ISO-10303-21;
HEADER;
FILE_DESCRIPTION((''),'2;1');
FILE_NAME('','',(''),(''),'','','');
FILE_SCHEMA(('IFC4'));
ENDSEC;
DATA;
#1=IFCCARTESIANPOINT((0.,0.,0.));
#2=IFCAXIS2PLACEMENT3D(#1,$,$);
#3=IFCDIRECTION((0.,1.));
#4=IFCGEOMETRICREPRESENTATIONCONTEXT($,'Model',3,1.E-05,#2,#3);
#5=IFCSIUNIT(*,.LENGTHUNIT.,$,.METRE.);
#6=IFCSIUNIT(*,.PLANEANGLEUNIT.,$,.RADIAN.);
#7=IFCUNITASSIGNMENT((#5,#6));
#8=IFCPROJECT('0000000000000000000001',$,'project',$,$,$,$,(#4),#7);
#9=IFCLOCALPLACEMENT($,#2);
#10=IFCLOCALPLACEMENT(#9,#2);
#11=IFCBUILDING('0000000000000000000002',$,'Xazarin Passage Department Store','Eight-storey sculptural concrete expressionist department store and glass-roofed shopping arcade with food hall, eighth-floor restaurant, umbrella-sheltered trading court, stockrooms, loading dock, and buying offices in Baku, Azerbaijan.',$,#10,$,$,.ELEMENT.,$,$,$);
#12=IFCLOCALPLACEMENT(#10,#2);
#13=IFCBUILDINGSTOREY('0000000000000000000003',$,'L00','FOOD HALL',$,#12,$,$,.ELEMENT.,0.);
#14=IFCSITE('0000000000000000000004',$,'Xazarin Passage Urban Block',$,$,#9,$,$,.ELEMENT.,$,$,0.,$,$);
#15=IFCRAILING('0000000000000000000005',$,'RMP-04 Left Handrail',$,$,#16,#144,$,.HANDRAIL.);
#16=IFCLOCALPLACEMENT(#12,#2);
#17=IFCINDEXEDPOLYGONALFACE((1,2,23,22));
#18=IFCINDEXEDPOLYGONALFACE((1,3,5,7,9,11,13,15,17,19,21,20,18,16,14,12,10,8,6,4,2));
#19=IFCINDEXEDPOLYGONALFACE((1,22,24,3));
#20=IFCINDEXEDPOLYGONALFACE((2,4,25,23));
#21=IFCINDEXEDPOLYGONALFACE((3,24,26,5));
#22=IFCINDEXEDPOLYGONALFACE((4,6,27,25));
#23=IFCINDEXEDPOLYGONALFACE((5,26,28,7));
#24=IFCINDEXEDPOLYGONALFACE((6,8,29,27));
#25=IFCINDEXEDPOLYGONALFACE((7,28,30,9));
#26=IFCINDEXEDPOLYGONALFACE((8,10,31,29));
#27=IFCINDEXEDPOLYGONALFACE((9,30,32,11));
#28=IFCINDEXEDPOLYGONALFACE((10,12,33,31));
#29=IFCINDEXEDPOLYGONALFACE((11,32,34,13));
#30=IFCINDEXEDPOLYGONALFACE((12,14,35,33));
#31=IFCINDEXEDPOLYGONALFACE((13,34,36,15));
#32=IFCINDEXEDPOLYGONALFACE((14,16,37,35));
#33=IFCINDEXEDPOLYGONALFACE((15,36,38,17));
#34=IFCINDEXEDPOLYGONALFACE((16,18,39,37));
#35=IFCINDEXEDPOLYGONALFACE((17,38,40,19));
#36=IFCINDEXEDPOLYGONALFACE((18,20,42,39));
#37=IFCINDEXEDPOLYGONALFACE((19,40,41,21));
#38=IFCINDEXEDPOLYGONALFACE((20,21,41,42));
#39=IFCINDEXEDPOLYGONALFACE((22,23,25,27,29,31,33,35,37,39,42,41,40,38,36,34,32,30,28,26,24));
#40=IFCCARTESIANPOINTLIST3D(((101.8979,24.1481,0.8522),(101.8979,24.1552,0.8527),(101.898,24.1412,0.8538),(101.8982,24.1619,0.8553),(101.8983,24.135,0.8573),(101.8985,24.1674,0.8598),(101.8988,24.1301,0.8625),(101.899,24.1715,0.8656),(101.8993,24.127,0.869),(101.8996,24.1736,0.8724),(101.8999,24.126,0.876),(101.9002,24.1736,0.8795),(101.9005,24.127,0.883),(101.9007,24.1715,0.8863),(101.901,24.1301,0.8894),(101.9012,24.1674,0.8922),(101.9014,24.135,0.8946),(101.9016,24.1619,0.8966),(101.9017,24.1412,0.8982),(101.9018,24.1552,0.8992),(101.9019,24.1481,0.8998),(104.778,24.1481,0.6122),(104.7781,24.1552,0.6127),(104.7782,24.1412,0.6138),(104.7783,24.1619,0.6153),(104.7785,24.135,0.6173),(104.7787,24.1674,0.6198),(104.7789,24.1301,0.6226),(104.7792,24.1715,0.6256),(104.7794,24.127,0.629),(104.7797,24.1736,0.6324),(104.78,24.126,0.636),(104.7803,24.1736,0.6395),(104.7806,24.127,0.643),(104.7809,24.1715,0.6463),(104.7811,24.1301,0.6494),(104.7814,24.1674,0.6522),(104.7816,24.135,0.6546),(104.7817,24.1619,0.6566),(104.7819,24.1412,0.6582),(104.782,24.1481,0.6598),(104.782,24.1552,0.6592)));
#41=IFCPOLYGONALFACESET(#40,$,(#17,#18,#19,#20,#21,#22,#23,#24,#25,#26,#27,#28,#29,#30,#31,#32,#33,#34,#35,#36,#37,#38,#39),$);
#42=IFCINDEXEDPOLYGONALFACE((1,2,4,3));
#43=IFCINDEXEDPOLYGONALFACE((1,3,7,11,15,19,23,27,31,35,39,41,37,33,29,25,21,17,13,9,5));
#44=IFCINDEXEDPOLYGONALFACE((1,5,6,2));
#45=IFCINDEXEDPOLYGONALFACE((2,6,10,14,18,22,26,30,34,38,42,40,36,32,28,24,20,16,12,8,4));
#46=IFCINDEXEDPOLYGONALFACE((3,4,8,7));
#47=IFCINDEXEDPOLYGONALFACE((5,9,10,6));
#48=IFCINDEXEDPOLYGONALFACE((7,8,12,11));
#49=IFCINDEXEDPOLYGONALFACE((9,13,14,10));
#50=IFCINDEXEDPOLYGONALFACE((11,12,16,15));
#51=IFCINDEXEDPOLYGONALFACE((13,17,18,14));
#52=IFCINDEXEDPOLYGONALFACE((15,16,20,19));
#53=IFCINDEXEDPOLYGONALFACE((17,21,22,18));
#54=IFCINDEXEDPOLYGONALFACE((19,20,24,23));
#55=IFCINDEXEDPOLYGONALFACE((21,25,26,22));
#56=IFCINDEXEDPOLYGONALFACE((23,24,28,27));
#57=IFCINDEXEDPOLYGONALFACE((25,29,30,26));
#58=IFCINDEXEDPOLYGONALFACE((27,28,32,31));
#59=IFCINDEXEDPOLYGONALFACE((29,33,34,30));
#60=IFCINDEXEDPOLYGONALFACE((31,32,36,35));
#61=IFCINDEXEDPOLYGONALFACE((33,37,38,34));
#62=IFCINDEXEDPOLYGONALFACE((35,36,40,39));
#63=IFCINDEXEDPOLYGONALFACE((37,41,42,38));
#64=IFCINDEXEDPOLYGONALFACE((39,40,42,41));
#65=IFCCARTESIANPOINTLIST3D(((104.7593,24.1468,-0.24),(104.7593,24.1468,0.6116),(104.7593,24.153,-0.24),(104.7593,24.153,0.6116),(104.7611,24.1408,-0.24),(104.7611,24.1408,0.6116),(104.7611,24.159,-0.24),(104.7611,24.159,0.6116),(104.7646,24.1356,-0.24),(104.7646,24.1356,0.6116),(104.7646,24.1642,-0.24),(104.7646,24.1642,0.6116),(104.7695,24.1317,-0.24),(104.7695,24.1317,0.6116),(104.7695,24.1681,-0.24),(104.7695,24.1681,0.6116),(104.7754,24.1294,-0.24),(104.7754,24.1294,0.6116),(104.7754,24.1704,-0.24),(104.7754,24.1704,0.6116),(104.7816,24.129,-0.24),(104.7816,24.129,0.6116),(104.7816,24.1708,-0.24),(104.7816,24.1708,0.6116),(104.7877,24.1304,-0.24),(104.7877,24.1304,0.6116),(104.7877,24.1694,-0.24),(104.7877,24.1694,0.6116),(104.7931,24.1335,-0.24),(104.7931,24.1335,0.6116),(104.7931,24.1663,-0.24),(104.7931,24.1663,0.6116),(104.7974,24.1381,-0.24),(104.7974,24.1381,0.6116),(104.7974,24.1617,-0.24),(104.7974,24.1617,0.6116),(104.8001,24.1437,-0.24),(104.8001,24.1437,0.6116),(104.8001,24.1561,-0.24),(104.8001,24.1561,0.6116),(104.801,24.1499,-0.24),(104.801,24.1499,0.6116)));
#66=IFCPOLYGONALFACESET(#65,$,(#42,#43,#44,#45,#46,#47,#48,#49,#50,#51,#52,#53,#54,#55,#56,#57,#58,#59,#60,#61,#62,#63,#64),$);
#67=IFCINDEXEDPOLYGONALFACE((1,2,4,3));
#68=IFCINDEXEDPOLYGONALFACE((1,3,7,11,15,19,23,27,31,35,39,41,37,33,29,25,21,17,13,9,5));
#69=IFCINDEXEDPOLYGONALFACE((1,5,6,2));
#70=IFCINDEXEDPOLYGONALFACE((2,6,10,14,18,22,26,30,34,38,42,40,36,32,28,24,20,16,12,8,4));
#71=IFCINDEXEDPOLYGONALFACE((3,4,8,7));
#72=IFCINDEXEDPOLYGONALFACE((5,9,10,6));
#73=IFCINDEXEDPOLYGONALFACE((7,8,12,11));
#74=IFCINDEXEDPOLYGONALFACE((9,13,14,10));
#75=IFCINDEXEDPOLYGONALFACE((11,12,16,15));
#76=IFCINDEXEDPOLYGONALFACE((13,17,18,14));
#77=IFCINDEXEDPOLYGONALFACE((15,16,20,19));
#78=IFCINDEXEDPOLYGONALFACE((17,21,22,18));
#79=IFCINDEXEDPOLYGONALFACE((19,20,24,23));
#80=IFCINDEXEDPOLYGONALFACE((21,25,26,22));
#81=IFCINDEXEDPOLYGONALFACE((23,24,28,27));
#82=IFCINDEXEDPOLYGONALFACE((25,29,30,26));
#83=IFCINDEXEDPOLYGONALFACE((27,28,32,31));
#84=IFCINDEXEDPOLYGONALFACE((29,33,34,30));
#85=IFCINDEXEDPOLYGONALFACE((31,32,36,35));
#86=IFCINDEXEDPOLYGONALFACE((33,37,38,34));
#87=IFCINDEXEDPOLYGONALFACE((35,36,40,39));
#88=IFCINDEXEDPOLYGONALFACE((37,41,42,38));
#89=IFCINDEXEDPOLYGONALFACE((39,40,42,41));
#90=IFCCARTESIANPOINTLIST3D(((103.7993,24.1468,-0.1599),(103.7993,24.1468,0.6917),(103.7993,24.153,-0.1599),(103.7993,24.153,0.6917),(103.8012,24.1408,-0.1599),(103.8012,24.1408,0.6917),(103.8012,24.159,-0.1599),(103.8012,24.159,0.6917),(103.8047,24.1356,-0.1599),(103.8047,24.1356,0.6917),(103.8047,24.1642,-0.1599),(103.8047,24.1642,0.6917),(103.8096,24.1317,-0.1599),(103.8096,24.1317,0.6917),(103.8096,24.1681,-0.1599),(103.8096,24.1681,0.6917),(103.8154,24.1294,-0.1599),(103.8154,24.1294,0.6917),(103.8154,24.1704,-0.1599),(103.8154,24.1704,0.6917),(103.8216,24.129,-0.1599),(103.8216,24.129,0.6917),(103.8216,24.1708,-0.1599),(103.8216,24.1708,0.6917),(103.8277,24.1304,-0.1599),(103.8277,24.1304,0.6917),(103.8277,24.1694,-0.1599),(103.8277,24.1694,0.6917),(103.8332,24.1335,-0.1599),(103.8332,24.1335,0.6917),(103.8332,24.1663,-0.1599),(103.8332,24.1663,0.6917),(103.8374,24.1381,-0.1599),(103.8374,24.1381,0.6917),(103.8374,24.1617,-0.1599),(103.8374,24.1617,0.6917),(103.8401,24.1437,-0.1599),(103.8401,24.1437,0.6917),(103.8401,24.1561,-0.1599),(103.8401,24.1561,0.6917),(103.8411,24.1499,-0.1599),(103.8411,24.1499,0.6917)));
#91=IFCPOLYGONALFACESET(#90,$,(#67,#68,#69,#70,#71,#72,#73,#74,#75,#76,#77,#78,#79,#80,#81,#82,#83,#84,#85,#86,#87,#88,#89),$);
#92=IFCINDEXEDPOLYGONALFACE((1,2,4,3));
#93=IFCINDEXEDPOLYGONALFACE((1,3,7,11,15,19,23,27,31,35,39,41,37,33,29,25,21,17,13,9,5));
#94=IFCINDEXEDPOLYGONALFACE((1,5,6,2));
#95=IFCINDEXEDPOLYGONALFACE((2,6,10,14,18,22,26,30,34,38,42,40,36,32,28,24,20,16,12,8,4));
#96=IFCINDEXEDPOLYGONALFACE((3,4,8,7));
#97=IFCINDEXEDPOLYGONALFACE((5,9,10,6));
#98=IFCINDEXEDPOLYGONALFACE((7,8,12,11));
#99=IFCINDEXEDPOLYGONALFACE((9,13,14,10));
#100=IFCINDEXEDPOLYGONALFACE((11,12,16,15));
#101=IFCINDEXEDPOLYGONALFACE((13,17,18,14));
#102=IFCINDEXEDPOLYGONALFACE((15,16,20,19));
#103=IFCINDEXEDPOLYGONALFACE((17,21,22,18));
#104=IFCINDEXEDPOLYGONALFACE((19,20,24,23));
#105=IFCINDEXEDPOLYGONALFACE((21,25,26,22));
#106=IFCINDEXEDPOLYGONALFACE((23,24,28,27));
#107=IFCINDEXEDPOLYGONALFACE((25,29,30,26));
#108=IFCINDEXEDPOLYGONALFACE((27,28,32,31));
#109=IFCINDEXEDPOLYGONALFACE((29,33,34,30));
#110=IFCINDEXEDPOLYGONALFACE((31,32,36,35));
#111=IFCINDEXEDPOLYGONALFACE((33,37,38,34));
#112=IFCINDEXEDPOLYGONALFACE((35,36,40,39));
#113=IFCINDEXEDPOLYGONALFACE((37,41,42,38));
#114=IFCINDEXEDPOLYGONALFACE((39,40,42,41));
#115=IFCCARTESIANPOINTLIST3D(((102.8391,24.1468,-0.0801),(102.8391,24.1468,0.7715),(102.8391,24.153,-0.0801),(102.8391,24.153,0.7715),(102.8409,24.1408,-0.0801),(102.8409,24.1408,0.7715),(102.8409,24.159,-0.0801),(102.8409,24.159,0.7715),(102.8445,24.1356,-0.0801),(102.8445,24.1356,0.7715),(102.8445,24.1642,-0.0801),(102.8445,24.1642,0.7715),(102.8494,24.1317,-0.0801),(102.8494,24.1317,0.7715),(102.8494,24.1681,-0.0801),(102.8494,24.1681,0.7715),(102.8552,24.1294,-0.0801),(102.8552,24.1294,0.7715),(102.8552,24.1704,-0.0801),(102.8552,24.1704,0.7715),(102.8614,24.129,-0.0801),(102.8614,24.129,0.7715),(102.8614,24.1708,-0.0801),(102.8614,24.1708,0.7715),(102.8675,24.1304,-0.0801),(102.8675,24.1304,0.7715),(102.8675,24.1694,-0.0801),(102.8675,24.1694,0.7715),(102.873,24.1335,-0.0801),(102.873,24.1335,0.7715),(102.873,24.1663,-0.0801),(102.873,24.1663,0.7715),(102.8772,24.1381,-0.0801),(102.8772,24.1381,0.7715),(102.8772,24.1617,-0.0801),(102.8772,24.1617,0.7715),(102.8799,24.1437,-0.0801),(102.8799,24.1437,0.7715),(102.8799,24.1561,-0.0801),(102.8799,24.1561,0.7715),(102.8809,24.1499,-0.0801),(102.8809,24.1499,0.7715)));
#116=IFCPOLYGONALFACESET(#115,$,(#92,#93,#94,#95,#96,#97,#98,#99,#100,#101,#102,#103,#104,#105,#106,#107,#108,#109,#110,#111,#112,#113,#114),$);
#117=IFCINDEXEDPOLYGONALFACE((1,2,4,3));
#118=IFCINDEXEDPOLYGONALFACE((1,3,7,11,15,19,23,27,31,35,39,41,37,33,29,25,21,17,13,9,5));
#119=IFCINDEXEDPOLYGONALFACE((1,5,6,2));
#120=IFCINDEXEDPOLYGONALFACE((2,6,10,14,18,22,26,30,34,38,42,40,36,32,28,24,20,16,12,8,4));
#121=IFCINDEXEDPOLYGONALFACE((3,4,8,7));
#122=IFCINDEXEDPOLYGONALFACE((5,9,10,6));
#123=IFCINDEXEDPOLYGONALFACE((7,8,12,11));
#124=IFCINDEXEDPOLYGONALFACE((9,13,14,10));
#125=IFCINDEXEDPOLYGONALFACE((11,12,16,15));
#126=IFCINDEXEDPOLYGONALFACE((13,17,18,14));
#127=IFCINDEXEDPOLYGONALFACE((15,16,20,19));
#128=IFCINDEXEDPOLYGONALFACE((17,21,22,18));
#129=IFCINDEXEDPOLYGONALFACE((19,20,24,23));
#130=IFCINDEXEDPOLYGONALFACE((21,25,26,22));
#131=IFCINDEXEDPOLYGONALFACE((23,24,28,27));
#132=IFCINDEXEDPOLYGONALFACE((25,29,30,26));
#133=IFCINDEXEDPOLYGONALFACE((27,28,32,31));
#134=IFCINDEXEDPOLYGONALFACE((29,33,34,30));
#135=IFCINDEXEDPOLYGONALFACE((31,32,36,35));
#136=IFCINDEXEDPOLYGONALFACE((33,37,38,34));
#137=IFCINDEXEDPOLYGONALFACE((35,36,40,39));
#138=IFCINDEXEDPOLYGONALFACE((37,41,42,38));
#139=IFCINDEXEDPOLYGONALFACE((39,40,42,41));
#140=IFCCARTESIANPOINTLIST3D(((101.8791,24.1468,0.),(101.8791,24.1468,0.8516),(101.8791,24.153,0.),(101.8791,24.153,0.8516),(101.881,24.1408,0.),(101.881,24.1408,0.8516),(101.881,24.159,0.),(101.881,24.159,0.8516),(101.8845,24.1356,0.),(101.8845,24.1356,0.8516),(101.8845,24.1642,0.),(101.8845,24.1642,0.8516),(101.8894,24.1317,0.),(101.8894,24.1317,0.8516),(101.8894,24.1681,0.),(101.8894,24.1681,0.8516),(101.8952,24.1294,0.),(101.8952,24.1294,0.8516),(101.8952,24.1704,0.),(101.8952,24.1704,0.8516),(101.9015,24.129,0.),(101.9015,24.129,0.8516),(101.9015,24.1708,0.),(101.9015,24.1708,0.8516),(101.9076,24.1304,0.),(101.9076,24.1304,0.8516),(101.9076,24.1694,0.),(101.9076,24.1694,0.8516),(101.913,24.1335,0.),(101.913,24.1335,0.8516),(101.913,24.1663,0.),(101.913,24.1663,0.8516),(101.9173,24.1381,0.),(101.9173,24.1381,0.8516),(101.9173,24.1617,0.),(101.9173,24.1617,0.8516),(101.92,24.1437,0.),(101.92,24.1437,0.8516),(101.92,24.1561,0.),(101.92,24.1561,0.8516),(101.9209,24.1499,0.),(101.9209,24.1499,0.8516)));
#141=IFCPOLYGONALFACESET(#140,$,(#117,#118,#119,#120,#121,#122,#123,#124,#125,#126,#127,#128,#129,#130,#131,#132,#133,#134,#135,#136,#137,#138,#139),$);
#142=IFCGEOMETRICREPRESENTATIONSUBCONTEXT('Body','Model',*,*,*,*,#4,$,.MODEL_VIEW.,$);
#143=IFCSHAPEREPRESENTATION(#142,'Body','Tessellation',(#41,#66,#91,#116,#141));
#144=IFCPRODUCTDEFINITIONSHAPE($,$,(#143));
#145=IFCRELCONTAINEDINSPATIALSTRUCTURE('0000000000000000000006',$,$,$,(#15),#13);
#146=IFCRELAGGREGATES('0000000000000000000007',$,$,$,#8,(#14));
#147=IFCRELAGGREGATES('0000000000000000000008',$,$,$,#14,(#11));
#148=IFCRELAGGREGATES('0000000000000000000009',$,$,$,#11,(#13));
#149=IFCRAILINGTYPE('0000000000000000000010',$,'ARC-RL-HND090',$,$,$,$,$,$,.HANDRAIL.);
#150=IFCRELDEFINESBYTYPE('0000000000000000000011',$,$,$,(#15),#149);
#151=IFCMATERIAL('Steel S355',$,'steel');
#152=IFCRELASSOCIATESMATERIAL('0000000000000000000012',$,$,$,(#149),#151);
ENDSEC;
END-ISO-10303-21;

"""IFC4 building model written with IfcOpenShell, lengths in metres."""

from ifc_helpers import new_model, si_unit, direction, frame, origin, origin_2d, place, context, subcontext, project, spatial, circle, extrude, material, type_object, element, save


model = new_model("IFC4")

# Units and contexts
model_context = context("Model", 3, precision=1e-05, world=origin(), true_north=direction((0.0, 1.0)))
body_context = subcontext(model_context, "Body", "Model", "MODEL_VIEW")
ifc_project = project(units=[si_unit("LENGTHUNIT", "METRE"), si_unit("PLANEANGLEUNIT", "RADIAN")], contexts=[model_context])

# Site, building, storey
site_placement = place(None, origin())
site = spatial("IfcSite", under=ifc_project, at=site_placement, Name="Xazarin Passage Urban Block", CompositionType="ELEMENT", RefElevation=0.0)
building_placement = place(site_placement, origin())
building = spatial("IfcBuilding", under=site, at=building_placement, Name="Xazarin Passage Department Store", Description="Eight-storey sculptural concrete expressionist department store and glass-roofed shopping arcade with food hall, eighth-floor restaurant, umbrella-sheltered trading court, stockrooms, loading dock, and buying offices in Baku, Azerbaijan.", CompositionType="ELEMENT")
storey_placement = place(building_placement, origin())
storey = spatial("IfcBuildingStorey", under=building, at=storey_placement, Name="L00", Description="FOOD HALL", CompositionType="ELEMENT", Elevation=0.0)

# Railing
ifc_material_1 = material(Name="Steel S355", Category="steel")
railing_type = type_object("IfcRailingType", Name="ARC-RL-HND090", PredefinedType="HANDRAIL", material=ifc_material_1)
for number, where, name in (
    (1, (104.78, 24.1499, -0.24), "RMP-04 Left Handrail"),
):
    element("IfcRailing", number, at=place(storey_placement, frame(where)), inside=storey, type_object=railing_type, Name=name, PredefinedType="HANDRAIL", context=body_context, shape_type="SweptSolid", body=[
        extrude(circle(Radius=0.0239, at=origin_2d()), frame((0.0, 0.0, 0.876), z_axis=(-0.996546, 0.0, 0.083038), x_axis=(0.0, -1.0, 0.0)), (0.0, 0.0, 1.0), 2.8901),
        extrude(circle(Radius=0.021, at=origin_2d()), origin(), (0.0, 0.0, 1.0), 0.8516),
        extrude(circle(Radius=0.021, at=origin_2d()), frame((-0.96, 0.0, 0.0801)), (0.0, 0.0, 1.0), 0.8516),
        extrude(circle(Radius=0.021, at=origin_2d()), frame((-1.9202, 0.0, 0.1599)), (0.0, 0.0, 1.0), 0.8516),
        extrude(circle(Radius=0.021, at=origin_2d()), frame((-2.8801, 0.0, 0.24)), (0.0, 0.0, 1.0), 0.8516),
    ])

save(model, "model.ifc")
